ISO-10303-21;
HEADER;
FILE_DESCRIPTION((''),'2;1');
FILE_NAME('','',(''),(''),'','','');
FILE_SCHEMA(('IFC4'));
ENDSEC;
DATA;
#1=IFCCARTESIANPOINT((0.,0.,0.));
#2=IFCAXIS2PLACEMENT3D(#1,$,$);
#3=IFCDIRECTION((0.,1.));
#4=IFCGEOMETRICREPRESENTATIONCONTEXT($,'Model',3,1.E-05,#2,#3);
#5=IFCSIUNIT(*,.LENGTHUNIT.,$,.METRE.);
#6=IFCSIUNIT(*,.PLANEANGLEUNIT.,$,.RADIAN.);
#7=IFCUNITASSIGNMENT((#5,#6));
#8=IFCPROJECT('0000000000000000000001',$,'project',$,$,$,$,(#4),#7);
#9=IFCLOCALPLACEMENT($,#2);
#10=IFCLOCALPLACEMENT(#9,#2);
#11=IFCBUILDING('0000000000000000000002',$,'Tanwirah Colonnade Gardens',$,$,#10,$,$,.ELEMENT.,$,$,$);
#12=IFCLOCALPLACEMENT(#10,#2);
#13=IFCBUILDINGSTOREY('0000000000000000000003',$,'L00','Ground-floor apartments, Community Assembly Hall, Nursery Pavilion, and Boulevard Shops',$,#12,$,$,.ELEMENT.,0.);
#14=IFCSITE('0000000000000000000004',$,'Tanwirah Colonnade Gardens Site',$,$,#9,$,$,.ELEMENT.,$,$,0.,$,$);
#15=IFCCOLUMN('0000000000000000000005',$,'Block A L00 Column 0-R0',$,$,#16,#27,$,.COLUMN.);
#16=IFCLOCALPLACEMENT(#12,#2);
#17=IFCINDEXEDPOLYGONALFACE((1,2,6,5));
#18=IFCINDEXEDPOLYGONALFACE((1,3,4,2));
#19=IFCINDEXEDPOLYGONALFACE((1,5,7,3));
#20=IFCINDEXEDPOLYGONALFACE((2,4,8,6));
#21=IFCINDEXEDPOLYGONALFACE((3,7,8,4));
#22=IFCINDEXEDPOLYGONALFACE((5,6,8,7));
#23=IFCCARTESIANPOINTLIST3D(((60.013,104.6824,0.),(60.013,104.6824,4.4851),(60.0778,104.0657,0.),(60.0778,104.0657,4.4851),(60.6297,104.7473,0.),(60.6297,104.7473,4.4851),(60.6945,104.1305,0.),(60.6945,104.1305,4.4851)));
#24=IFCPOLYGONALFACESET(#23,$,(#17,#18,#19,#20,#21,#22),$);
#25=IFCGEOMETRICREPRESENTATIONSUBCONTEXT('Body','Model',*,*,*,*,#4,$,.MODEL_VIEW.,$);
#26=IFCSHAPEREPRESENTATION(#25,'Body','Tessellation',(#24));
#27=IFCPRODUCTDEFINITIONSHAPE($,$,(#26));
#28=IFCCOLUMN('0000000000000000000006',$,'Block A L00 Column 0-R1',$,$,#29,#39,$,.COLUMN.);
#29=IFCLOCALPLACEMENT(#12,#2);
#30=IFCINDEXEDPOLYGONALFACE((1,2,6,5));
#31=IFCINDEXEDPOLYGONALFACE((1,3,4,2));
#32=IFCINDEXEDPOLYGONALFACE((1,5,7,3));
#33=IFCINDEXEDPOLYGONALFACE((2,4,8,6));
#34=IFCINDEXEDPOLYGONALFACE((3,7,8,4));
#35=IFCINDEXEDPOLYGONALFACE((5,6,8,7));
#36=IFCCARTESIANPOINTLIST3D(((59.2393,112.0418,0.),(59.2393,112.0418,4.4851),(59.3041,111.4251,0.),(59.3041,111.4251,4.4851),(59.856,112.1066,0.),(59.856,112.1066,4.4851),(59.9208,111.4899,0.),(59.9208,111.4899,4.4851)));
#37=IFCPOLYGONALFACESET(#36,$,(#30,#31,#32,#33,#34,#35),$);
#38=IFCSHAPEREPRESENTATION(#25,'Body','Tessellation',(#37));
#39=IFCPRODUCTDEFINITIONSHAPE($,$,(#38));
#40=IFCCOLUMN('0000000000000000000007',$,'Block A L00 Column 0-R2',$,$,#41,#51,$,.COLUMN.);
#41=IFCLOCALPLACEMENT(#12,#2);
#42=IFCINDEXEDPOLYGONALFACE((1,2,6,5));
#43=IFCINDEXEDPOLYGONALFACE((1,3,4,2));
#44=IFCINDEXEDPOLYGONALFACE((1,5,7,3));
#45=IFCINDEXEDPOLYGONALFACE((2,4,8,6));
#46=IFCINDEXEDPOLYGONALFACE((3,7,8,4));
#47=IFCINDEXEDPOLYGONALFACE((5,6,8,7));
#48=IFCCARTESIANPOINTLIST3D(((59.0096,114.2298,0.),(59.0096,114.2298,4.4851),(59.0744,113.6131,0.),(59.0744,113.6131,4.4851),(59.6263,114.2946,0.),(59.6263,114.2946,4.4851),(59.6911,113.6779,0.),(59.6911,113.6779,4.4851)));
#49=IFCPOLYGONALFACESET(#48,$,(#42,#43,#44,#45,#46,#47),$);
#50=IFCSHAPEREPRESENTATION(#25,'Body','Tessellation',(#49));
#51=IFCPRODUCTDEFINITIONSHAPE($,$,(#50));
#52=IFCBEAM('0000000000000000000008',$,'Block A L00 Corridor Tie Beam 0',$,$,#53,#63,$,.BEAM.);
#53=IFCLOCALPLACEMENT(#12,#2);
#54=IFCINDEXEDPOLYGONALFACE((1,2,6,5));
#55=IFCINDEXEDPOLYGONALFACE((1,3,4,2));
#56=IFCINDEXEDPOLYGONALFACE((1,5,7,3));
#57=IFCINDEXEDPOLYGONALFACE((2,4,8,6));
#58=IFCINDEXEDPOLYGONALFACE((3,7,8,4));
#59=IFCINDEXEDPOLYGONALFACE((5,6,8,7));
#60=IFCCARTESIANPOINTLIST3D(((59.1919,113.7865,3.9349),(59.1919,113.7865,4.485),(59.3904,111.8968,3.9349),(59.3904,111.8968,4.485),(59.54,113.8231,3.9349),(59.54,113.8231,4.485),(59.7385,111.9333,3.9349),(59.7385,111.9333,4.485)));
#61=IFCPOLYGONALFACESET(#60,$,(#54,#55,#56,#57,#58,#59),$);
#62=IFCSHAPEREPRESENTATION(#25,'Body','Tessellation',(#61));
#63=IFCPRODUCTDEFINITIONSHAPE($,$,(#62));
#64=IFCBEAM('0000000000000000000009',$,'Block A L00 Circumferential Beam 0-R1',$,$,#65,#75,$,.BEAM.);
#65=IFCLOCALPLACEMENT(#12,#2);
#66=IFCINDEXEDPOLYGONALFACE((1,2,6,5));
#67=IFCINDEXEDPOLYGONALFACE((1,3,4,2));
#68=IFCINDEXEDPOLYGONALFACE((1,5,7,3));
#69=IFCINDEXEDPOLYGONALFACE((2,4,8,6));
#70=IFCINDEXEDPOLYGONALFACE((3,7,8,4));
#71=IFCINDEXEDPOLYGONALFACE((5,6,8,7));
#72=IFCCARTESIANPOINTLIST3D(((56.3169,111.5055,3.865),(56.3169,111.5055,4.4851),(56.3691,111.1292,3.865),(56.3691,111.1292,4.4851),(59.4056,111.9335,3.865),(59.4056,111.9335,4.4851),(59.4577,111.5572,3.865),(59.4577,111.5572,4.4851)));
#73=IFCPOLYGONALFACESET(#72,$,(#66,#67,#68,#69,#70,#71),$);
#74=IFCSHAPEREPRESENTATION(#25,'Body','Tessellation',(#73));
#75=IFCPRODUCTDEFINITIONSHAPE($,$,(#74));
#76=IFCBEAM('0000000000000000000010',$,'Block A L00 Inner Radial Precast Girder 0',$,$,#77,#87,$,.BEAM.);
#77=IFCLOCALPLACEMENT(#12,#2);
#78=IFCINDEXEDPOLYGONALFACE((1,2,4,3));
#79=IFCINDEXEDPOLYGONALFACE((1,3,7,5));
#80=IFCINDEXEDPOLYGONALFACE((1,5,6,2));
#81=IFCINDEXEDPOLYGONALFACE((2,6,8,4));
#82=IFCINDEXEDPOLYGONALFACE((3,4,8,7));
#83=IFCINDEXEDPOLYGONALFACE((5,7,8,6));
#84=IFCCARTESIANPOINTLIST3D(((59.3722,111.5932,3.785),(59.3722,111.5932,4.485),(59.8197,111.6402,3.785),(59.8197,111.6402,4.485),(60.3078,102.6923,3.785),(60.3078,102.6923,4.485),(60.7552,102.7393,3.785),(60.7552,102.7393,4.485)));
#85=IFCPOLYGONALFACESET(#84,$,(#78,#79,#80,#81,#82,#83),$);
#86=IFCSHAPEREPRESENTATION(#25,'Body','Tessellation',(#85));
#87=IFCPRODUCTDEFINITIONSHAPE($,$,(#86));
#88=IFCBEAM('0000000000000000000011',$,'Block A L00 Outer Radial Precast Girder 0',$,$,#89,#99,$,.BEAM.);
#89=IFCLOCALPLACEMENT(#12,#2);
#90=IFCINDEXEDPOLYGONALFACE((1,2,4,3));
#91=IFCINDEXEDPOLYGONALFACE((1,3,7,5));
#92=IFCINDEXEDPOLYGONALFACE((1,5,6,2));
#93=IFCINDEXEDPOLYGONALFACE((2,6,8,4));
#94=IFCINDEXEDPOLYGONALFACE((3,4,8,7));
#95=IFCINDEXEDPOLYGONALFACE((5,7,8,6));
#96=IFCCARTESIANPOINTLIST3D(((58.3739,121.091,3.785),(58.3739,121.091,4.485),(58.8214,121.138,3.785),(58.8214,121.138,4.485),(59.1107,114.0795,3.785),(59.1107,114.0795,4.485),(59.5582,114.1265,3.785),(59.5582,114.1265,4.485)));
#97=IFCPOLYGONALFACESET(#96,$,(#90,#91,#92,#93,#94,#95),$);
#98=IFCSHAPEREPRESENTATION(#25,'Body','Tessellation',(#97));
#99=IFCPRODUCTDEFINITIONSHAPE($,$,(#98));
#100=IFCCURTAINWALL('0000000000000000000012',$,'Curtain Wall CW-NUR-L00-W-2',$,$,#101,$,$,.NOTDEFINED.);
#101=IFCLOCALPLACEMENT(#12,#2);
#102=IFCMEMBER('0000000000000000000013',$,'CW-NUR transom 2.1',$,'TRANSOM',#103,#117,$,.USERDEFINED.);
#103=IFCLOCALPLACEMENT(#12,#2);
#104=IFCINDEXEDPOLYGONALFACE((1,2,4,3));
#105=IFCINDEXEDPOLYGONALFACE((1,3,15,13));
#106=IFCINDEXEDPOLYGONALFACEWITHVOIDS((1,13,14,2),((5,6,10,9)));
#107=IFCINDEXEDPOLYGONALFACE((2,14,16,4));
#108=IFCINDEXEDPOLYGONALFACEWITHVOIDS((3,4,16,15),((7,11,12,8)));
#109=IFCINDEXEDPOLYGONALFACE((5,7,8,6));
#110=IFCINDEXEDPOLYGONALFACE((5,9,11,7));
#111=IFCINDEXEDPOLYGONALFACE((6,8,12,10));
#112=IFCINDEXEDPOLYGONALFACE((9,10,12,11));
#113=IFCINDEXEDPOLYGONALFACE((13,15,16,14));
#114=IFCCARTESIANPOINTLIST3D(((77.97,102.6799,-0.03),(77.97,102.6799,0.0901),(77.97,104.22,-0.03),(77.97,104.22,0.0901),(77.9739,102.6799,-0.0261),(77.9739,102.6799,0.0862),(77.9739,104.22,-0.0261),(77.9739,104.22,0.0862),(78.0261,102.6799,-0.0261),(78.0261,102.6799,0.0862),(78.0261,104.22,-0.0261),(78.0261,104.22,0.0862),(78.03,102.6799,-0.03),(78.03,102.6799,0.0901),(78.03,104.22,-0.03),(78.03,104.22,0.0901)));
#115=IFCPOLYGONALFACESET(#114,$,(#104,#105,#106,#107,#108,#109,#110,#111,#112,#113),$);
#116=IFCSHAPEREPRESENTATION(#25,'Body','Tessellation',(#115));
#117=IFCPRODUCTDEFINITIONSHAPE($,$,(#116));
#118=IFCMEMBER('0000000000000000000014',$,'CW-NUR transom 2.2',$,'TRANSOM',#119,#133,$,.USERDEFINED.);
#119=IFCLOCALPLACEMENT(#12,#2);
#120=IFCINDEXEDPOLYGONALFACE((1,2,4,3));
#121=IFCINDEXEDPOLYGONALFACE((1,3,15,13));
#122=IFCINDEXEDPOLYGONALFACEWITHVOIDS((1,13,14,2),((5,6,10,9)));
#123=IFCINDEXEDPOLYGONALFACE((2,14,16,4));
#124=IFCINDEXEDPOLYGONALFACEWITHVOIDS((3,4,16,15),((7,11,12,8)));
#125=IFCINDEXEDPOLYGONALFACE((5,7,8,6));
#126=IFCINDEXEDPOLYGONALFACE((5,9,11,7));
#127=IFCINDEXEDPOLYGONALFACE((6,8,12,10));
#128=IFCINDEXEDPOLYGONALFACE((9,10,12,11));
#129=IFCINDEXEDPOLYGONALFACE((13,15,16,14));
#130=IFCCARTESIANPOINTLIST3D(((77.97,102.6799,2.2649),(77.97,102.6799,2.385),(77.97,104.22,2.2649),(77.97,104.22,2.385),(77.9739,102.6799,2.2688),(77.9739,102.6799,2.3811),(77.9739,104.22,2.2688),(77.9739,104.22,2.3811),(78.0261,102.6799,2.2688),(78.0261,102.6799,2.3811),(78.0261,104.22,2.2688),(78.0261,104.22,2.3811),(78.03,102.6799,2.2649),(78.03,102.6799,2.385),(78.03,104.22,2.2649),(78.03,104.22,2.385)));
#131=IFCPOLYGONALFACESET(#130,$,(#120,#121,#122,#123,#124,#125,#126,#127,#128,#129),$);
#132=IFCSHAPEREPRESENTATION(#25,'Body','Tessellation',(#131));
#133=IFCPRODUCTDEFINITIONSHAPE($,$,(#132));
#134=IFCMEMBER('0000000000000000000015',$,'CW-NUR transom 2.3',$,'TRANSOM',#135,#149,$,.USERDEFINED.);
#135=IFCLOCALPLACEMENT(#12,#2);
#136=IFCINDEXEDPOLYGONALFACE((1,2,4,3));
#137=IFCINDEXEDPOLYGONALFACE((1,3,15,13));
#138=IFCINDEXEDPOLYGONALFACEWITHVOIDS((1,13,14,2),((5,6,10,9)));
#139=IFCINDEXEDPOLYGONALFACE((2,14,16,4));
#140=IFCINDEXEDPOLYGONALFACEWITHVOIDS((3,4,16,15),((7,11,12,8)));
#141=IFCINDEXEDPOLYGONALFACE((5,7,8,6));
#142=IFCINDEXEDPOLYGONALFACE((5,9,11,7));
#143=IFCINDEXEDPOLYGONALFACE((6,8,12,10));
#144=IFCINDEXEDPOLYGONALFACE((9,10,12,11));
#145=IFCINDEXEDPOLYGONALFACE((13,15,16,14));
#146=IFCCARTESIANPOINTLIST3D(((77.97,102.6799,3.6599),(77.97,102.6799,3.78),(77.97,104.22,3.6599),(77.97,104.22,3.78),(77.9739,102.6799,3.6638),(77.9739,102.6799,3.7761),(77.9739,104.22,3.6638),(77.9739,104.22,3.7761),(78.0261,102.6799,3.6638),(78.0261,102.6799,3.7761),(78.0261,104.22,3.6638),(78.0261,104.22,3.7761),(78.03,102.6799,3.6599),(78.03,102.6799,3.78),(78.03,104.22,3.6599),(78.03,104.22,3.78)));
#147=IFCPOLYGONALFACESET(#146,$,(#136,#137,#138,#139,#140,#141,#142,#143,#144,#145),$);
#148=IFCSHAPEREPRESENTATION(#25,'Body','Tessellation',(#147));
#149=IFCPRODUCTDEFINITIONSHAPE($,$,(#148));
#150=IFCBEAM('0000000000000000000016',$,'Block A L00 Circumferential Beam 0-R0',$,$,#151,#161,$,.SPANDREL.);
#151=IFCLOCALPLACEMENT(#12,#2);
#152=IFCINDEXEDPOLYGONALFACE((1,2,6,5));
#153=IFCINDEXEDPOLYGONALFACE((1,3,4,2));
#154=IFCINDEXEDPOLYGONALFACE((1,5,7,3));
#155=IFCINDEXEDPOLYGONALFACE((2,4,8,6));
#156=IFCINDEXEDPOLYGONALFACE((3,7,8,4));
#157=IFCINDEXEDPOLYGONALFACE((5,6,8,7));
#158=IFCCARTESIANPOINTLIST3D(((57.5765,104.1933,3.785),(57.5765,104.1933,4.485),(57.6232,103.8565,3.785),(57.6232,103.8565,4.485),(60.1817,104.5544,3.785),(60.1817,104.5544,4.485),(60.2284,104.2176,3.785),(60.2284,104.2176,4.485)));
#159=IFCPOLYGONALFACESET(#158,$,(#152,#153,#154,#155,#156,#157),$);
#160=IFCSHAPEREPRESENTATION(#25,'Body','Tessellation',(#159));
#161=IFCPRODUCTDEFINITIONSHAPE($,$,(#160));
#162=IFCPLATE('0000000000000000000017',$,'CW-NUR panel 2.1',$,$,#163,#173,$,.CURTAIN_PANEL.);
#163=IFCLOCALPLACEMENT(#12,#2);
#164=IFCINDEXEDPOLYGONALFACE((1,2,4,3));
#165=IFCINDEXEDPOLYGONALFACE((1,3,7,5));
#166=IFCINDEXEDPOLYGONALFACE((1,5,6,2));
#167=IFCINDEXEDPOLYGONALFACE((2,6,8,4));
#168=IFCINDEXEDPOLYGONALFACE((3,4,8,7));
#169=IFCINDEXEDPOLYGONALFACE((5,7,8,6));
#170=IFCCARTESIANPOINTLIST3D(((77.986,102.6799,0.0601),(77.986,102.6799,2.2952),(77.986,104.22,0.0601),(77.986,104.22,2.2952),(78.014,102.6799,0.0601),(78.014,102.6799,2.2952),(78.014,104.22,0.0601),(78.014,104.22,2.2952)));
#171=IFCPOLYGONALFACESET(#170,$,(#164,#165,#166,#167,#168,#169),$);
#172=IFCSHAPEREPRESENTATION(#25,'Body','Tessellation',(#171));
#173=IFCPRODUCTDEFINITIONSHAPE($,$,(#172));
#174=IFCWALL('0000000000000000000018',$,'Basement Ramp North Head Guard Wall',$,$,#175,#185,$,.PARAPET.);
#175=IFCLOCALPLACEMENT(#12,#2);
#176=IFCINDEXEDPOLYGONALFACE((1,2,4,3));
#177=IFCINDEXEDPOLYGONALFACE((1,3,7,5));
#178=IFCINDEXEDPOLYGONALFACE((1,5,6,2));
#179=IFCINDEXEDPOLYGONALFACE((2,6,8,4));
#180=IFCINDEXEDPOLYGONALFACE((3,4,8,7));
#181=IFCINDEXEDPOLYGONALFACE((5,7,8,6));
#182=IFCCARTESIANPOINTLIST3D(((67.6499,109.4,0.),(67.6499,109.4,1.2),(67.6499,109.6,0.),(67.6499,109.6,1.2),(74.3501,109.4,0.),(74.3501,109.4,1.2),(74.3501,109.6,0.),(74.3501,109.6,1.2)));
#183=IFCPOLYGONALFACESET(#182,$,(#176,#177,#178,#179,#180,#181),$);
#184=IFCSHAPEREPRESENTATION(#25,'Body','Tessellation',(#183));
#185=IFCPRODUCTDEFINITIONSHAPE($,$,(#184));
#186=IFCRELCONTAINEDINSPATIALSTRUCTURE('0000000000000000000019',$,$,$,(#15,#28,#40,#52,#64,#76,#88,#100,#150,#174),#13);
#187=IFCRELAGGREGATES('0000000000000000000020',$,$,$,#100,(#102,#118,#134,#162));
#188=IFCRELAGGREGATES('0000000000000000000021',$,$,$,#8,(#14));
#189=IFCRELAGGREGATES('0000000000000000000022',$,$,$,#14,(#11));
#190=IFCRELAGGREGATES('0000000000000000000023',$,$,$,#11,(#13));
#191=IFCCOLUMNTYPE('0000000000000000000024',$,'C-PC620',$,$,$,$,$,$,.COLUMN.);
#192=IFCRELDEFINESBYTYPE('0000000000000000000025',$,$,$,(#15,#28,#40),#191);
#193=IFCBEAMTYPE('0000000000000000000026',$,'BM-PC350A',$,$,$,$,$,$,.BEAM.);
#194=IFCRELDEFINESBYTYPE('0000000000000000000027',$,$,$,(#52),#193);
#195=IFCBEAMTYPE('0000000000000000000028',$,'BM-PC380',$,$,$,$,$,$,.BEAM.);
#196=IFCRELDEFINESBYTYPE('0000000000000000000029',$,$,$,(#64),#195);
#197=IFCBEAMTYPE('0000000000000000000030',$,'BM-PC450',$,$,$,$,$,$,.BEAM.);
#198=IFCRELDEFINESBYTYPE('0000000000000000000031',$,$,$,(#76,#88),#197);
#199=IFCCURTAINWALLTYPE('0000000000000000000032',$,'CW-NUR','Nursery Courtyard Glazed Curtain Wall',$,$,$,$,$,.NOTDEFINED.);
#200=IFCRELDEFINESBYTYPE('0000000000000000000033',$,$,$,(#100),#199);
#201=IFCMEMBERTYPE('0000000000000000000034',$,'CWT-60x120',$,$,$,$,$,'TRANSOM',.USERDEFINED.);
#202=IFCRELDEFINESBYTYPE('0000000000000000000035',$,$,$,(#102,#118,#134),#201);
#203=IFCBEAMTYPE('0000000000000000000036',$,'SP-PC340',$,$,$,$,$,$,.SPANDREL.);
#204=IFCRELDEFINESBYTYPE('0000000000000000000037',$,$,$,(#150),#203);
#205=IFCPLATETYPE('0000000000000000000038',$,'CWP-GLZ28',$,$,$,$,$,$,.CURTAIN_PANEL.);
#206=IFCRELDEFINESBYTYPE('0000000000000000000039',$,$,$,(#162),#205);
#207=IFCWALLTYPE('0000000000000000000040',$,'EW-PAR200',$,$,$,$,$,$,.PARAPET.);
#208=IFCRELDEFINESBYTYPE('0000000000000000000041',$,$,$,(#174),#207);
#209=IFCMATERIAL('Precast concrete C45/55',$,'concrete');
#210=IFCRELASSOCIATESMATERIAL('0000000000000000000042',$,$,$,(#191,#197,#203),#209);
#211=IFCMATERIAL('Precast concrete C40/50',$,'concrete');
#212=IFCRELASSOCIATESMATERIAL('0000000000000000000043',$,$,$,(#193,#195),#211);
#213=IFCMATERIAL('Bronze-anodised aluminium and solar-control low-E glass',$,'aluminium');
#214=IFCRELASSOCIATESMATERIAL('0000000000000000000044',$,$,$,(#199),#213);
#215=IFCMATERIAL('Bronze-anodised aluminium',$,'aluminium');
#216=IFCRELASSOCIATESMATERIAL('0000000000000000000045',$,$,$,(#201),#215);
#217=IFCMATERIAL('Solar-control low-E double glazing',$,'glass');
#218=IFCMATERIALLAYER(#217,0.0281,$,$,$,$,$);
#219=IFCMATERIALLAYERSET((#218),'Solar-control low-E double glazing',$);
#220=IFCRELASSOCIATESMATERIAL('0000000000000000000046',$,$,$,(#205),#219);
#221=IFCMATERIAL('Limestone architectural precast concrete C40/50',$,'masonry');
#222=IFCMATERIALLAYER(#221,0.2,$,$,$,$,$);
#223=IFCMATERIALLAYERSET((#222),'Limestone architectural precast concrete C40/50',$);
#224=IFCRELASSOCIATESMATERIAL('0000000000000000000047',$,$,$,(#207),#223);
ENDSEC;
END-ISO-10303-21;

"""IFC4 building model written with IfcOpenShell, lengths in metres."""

from ifc_helpers import new_model, si_unit, direction, frame, frame_2d, origin, origin_2d, place, context, subcontext, project, spatial, rectangle, hollow_rectangle, extrude, material, layer, layer_set, material_profile, profile_set, type_object, element, aggregate, save


model = new_model("IFC4")

# Units and contexts
model_context = context("Model", 3, precision=1e-05, world=origin(), true_north=direction((0.0, 1.0)))
body_context = subcontext(model_context, "Body", "Model", "MODEL_VIEW")
ifc_project = project(units=[si_unit("LENGTHUNIT", "METRE"), si_unit("PLANEANGLEUNIT", "RADIAN")], contexts=[model_context])

# Site, building, storey
site_placement = place(None, origin())
site = spatial("IfcSite", under=ifc_project, at=site_placement, Name="Tanwirah Colonnade Gardens Site", CompositionType="ELEMENT", RefElevation=0.0)
building_placement = place(site_placement, origin())
building = spatial("IfcBuilding", under=site, at=building_placement, Name="Tanwirah Colonnade Gardens", CompositionType="ELEMENT")
storey_placement = place(building_placement, origin())
storey = spatial("IfcBuildingStorey", under=building, at=storey_placement, Name="L00", Description="Ground-floor apartments, Community Assembly Hall, Nursery Pavilion, and Boulevard Shops", CompositionType="ELEMENT", Elevation=0.0)

# Columns
ifc_material_1 = material(Name="Precast concrete C45/55", Category="concrete")
ifc_material_profile_1 = material_profile(ifc_material_1, rectangle(XDim=0.6201, YDim=0.6201, at=origin_2d()), Name="PC-COL 620x620")
ifc_profile_set_1 = profile_set([ifc_material_profile_1], Name="Precast concrete C45/55")
column_type = type_object("IfcColumnType", Name="C-PC620", PredefinedType="COLUMN", material=ifc_profile_set_1)
for number, where, z_axis, x_axis, name in (
    (1, (60.3538, 104.4065, 0.0), (0.0, 0.0, 1.0), (-0.104528, 0.994522, 0.0), "Block A L00 Column 0-R0"),
    (2, (59.5801, 111.7659, 0.0), (0.0, 0.0, 1.0), (-0.104528, 0.994522, 0.0), "Block A L00 Column 0-R1"),
    (3, (59.3503, 113.9539, 0.0), (0.0, 0.0, 1.0), (-0.104528, 0.994522, 0.0), "Block A L00 Column 0-R2"),
):
    element("IfcColumn", number, at=place(storey_placement, frame(where, z_axis=z_axis, x_axis=x_axis)), inside=storey, type_object=column_type, Name=name, PredefinedType="COLUMN", context=body_context, shape_type="SweptSolid", body=[
        extrude(rectangle(XDim=0.6201, YDim=0.6201, at=origin_2d()), origin(), (0.0, 0.0, 1.0), 4.4851),
    ])

# Beams
ifc_material_2 = material(Name="Precast concrete C40/50", Category="concrete")
ifc_material_profile_2 = material_profile(ifc_material_2, rectangle(XDim=0.3501, YDim=0.55, at=origin_2d()), Name="PC-BM 350x550")
ifc_profile_set_2 = profile_set([ifc_material_profile_2], Name="Precast concrete C40/50")
beam_type_1 = type_object("IfcBeamType", Name="BM-PC350A", PredefinedType="BEAM", material=ifc_profile_set_2)
beam_1_placement = place(storey_placement, frame((59.5645, 111.915, 4.21), z_axis=(-0.104464, 0.994529, 0.0), x_axis=(-0.994529, -0.104464, 0.0)))
element("IfcBeam", 4, at=beam_1_placement, inside=storey, type_object=beam_type_1, Name="Block A L00 Corridor Tie Beam 0", PredefinedType="BEAM", context=body_context, shape_type="SweptSolid", body=[
    extrude(rectangle(XDim=0.3501, YDim=0.55, at=origin_2d()), origin(), (0.0, 0.0, 1.0), 1.9001),
])
ifc_material_profile_3 = material_profile(ifc_material_2, rectangle(XDim=0.3799, YDim=0.6201, at=origin_2d()), Name="PC-BM 380x620")
ifc_profile_set_3 = profile_set([ifc_material_profile_3], Name="Precast concrete C40/50")
beam_type_2 = type_object("IfcBeamType", Name="BM-PC380", PredefinedType="BEAM", material=ifc_profile_set_3)
beam_2_placement = place(storey_placement, frame((59.4316, 111.7454, 4.175), z_axis=(-0.990536, -0.137255, 0.0), x_axis=(0.137255, -0.990536, 0.0)))
element("IfcBeam", 5, at=beam_2_placement, inside=storey, type_object=beam_type_2, Name="Block A L00 Circumferential Beam 0-R1", PredefinedType="BEAM", context=body_context, shape_type="SweptSolid", body=[
    extrude(rectangle(XDim=0.3799, YDim=0.6201, at=origin_2d()), origin(), (0.0, 0.0, 1.0), 3.1182),
])
ifc_material_profile_4 = material_profile(ifc_material_1, rectangle(XDim=0.45, YDim=0.7, at=origin_2d()), Name="PC-BM 450x700")
ifc_profile_set_4 = profile_set([ifc_material_profile_4], Name="Precast concrete C45/55")
beam_type_3 = type_object("IfcBeamType", Name="BM-PC450", PredefinedType="BEAM", material=ifc_profile_set_4)
beam_3_placement = place(storey_placement, frame((59.5959, 111.6167, 4.135), z_axis=(0.104531, -0.994522, 0.0), x_axis=(0.994522, 0.104531, 0.0)))
element("IfcBeam", 6, at=beam_3_placement, inside=storey, type_object=beam_type_3, Name="Block A L00 Inner Radial Precast Girder 0", PredefinedType="BEAM", context=body_context, shape_type="SweptSolid", body=[
    extrude(rectangle(XDim=0.45, YDim=0.7, at=origin_2d()), origin(), (0.0, 0.0, 1.0), 8.95),
])
beam_4_placement = place(storey_placement, frame((59.3345, 114.103, 4.135), z_axis=(-0.104512, 0.994524, 0.0), x_axis=(-0.994524, -0.104512, 0.0)))
element("IfcBeam", 7, at=beam_4_placement, inside=storey, type_object=beam_type_3, Name="Block A L00 Outer Radial Precast Girder 0", PredefinedType="BEAM", context=body_context, shape_type="SweptSolid", body=[
    extrude(rectangle(XDim=0.45, YDim=0.7, at=origin_2d()), origin(), (0.0, 0.0, 1.0), 7.05),
])

# Curtain wall, members
ifc_material_3 = material(Name="Bronze-anodised aluminium and solar-control low-E glass", Category="aluminium")
curtain_wall_type = type_object("IfcCurtainWallType", Name="CW-NUR", Description="Nursery Courtyard Glazed Curtain Wall", PredefinedType="NOTDEFINED", material=ifc_material_3)
curtain_wall_placement = place(storey_placement, origin())
curtain_wall = element("IfcCurtainWall", 8, at=curtain_wall_placement, inside=storey, type_object=curtain_wall_type, Name="Curtain Wall CW-NUR-L00-W-2", PredefinedType="NOTDEFINED")
ifc_material_4 = material(Name="Bronze-anodised aluminium", Category="aluminium")
ifc_material_profile_5 = material_profile(ifc_material_4, hollow_rectangle(XDim=0.0601, YDim=0.1201, WallThickness=0.0039, at=origin_2d()), Name="CW-TRN 60x120x4")
ifc_profile_set_5 = profile_set([ifc_material_profile_5], Name="Bronze-anodised aluminium")
member_type = type_object("IfcMemberType", Name="CWT-60x120", ElementType="TRANSOM", PredefinedType="USERDEFINED", material=ifc_profile_set_5)
member_1_placement = place(storey_placement, frame((78.0, 102.6799, 0.03), z_axis=(0.0, 1.0, 0.0), x_axis=(-1.0, 0.0, 0.0)))
member_1 = element("IfcMember", 9, at=member_1_placement, type_object=member_type, Name="CW-NUR transom 2.1", ObjectType="TRANSOM", PredefinedType="USERDEFINED", context=body_context, shape_type="SweptSolid", body=[
    extrude(hollow_rectangle(XDim=0.0601, YDim=0.1201, WallThickness=0.0039, at=origin_2d()), origin(), (0.0, 0.0, 1.0), 1.54),
])
member_2_placement = place(storey_placement, frame((78.0, 102.6799, 2.325), z_axis=(0.0, 1.0, 0.0), x_axis=(-1.0, 0.0, 0.0)))
member_2 = element("IfcMember", 10, at=member_2_placement, type_object=member_type, Name="CW-NUR transom 2.2", ObjectType="TRANSOM", PredefinedType="USERDEFINED", context=body_context, shape_type="SweptSolid", body=[
    extrude(hollow_rectangle(XDim=0.0601, YDim=0.1201, WallThickness=0.0039, at=origin_2d()), origin(), (0.0, 0.0, 1.0), 1.54),
])
member_3_placement = place(storey_placement, frame((78.0, 102.6799, 3.72), z_axis=(0.0, 1.0, 0.0), x_axis=(-1.0, 0.0, 0.0)))
member_3 = element("IfcMember", 11, at=member_3_placement, type_object=member_type, Name="CW-NUR transom 2.3", ObjectType="TRANSOM", PredefinedType="USERDEFINED", context=body_context, shape_type="SweptSolid", body=[
    extrude(hollow_rectangle(XDim=0.0601, YDim=0.1201, WallThickness=0.0039, at=origin_2d()), origin(), (0.0, 0.0, 1.0), 1.54),
])

# Beam
ifc_material_profile_6 = material_profile(ifc_material_1, rectangle(XDim=0.3401, YDim=0.7, at=origin_2d()), Name="PC-SP 340x700")
ifc_profile_set_6 = profile_set([ifc_material_profile_6], Name="Precast concrete C45/55")
beam_type_4 = type_object("IfcBeamType", Name="SP-PC340", PredefinedType="SPANDREL", material=ifc_profile_set_6)
beam_5_placement = place(storey_placement, frame((60.2051, 104.386, 4.135), z_axis=(-0.990531, -0.137288, 0.0), x_axis=(0.137288, -0.990531, 0.0)))
element("IfcBeam", 12, at=beam_5_placement, inside=storey, type_object=beam_type_4, Name="Block A L00 Circumferential Beam 0-R0", PredefinedType="SPANDREL", context=body_context, shape_type="SweptSolid", body=[
    extrude(rectangle(XDim=0.3401, YDim=0.7, at=origin_2d()), origin(), (0.0, 0.0, 1.0), 2.6301),
])

# Plate
ifc_material_5 = material(Name="Solar-control low-E double glazing", Category="glass")
ifc_layer_1 = layer(ifc_material_5, 0.0281)
ifc_layer_set_1 = layer_set([ifc_layer_1], Name="Solar-control low-E double glazing")
plate_type = type_object("IfcPlateType", Name="CWP-GLZ28", PredefinedType="CURTAIN_PANEL", material=ifc_layer_set_1)
plate_placement = place(storey_placement, frame((78.0, 103.45, 0.0601), z_axis=(0.0, 0.0, 1.0), x_axis=(0.0, 1.0, 0.0)))
plate = element("IfcPlate", 13, at=plate_placement, type_object=plate_type, Name="CW-NUR panel 2.1", PredefinedType="CURTAIN_PANEL", context=body_context, shape_type="SweptSolid", body=[
    extrude(rectangle(XDim=1.54, YDim=0.0281, at=origin_2d()), origin(), (0.0, 0.0, 1.0), 2.2351),
])
aggregate(curtain_wall, [member_1, member_2, member_3, plate])

# Wall
ifc_material_6 = material(Name="Limestone architectural precast concrete C40/50", Category="masonry")
ifc_layer_2 = layer(ifc_material_6, 0.2)
ifc_layer_set_2 = layer_set([ifc_layer_2], Name="Limestone architectural precast concrete C40/50")
wall_type_1 = type_object("IfcWallType", Name="EW-PAR200", PredefinedType="PARAPET", material=ifc_layer_set_2)
wall_1_placement = place(storey_placement, frame((67.6499, 109.5, 0.0), z_axis=(0.0, 0.0, 1.0), x_axis=(1.0, 0.0, 0.0)))
element("IfcWall", 14, at=wall_1_placement, inside=storey, type_object=wall_type_1, Name="Basement Ramp North Head Guard Wall", PredefinedType="PARAPET", context=body_context, shape_type="SweptSolid", body=[
    extrude(rectangle(XDim=6.7002, YDim=0.2, at=frame_2d((3.3501, 0.0))), origin(), (0.0, 0.0, 1.0), 1.2),
])

save(model, "model.ifc")
